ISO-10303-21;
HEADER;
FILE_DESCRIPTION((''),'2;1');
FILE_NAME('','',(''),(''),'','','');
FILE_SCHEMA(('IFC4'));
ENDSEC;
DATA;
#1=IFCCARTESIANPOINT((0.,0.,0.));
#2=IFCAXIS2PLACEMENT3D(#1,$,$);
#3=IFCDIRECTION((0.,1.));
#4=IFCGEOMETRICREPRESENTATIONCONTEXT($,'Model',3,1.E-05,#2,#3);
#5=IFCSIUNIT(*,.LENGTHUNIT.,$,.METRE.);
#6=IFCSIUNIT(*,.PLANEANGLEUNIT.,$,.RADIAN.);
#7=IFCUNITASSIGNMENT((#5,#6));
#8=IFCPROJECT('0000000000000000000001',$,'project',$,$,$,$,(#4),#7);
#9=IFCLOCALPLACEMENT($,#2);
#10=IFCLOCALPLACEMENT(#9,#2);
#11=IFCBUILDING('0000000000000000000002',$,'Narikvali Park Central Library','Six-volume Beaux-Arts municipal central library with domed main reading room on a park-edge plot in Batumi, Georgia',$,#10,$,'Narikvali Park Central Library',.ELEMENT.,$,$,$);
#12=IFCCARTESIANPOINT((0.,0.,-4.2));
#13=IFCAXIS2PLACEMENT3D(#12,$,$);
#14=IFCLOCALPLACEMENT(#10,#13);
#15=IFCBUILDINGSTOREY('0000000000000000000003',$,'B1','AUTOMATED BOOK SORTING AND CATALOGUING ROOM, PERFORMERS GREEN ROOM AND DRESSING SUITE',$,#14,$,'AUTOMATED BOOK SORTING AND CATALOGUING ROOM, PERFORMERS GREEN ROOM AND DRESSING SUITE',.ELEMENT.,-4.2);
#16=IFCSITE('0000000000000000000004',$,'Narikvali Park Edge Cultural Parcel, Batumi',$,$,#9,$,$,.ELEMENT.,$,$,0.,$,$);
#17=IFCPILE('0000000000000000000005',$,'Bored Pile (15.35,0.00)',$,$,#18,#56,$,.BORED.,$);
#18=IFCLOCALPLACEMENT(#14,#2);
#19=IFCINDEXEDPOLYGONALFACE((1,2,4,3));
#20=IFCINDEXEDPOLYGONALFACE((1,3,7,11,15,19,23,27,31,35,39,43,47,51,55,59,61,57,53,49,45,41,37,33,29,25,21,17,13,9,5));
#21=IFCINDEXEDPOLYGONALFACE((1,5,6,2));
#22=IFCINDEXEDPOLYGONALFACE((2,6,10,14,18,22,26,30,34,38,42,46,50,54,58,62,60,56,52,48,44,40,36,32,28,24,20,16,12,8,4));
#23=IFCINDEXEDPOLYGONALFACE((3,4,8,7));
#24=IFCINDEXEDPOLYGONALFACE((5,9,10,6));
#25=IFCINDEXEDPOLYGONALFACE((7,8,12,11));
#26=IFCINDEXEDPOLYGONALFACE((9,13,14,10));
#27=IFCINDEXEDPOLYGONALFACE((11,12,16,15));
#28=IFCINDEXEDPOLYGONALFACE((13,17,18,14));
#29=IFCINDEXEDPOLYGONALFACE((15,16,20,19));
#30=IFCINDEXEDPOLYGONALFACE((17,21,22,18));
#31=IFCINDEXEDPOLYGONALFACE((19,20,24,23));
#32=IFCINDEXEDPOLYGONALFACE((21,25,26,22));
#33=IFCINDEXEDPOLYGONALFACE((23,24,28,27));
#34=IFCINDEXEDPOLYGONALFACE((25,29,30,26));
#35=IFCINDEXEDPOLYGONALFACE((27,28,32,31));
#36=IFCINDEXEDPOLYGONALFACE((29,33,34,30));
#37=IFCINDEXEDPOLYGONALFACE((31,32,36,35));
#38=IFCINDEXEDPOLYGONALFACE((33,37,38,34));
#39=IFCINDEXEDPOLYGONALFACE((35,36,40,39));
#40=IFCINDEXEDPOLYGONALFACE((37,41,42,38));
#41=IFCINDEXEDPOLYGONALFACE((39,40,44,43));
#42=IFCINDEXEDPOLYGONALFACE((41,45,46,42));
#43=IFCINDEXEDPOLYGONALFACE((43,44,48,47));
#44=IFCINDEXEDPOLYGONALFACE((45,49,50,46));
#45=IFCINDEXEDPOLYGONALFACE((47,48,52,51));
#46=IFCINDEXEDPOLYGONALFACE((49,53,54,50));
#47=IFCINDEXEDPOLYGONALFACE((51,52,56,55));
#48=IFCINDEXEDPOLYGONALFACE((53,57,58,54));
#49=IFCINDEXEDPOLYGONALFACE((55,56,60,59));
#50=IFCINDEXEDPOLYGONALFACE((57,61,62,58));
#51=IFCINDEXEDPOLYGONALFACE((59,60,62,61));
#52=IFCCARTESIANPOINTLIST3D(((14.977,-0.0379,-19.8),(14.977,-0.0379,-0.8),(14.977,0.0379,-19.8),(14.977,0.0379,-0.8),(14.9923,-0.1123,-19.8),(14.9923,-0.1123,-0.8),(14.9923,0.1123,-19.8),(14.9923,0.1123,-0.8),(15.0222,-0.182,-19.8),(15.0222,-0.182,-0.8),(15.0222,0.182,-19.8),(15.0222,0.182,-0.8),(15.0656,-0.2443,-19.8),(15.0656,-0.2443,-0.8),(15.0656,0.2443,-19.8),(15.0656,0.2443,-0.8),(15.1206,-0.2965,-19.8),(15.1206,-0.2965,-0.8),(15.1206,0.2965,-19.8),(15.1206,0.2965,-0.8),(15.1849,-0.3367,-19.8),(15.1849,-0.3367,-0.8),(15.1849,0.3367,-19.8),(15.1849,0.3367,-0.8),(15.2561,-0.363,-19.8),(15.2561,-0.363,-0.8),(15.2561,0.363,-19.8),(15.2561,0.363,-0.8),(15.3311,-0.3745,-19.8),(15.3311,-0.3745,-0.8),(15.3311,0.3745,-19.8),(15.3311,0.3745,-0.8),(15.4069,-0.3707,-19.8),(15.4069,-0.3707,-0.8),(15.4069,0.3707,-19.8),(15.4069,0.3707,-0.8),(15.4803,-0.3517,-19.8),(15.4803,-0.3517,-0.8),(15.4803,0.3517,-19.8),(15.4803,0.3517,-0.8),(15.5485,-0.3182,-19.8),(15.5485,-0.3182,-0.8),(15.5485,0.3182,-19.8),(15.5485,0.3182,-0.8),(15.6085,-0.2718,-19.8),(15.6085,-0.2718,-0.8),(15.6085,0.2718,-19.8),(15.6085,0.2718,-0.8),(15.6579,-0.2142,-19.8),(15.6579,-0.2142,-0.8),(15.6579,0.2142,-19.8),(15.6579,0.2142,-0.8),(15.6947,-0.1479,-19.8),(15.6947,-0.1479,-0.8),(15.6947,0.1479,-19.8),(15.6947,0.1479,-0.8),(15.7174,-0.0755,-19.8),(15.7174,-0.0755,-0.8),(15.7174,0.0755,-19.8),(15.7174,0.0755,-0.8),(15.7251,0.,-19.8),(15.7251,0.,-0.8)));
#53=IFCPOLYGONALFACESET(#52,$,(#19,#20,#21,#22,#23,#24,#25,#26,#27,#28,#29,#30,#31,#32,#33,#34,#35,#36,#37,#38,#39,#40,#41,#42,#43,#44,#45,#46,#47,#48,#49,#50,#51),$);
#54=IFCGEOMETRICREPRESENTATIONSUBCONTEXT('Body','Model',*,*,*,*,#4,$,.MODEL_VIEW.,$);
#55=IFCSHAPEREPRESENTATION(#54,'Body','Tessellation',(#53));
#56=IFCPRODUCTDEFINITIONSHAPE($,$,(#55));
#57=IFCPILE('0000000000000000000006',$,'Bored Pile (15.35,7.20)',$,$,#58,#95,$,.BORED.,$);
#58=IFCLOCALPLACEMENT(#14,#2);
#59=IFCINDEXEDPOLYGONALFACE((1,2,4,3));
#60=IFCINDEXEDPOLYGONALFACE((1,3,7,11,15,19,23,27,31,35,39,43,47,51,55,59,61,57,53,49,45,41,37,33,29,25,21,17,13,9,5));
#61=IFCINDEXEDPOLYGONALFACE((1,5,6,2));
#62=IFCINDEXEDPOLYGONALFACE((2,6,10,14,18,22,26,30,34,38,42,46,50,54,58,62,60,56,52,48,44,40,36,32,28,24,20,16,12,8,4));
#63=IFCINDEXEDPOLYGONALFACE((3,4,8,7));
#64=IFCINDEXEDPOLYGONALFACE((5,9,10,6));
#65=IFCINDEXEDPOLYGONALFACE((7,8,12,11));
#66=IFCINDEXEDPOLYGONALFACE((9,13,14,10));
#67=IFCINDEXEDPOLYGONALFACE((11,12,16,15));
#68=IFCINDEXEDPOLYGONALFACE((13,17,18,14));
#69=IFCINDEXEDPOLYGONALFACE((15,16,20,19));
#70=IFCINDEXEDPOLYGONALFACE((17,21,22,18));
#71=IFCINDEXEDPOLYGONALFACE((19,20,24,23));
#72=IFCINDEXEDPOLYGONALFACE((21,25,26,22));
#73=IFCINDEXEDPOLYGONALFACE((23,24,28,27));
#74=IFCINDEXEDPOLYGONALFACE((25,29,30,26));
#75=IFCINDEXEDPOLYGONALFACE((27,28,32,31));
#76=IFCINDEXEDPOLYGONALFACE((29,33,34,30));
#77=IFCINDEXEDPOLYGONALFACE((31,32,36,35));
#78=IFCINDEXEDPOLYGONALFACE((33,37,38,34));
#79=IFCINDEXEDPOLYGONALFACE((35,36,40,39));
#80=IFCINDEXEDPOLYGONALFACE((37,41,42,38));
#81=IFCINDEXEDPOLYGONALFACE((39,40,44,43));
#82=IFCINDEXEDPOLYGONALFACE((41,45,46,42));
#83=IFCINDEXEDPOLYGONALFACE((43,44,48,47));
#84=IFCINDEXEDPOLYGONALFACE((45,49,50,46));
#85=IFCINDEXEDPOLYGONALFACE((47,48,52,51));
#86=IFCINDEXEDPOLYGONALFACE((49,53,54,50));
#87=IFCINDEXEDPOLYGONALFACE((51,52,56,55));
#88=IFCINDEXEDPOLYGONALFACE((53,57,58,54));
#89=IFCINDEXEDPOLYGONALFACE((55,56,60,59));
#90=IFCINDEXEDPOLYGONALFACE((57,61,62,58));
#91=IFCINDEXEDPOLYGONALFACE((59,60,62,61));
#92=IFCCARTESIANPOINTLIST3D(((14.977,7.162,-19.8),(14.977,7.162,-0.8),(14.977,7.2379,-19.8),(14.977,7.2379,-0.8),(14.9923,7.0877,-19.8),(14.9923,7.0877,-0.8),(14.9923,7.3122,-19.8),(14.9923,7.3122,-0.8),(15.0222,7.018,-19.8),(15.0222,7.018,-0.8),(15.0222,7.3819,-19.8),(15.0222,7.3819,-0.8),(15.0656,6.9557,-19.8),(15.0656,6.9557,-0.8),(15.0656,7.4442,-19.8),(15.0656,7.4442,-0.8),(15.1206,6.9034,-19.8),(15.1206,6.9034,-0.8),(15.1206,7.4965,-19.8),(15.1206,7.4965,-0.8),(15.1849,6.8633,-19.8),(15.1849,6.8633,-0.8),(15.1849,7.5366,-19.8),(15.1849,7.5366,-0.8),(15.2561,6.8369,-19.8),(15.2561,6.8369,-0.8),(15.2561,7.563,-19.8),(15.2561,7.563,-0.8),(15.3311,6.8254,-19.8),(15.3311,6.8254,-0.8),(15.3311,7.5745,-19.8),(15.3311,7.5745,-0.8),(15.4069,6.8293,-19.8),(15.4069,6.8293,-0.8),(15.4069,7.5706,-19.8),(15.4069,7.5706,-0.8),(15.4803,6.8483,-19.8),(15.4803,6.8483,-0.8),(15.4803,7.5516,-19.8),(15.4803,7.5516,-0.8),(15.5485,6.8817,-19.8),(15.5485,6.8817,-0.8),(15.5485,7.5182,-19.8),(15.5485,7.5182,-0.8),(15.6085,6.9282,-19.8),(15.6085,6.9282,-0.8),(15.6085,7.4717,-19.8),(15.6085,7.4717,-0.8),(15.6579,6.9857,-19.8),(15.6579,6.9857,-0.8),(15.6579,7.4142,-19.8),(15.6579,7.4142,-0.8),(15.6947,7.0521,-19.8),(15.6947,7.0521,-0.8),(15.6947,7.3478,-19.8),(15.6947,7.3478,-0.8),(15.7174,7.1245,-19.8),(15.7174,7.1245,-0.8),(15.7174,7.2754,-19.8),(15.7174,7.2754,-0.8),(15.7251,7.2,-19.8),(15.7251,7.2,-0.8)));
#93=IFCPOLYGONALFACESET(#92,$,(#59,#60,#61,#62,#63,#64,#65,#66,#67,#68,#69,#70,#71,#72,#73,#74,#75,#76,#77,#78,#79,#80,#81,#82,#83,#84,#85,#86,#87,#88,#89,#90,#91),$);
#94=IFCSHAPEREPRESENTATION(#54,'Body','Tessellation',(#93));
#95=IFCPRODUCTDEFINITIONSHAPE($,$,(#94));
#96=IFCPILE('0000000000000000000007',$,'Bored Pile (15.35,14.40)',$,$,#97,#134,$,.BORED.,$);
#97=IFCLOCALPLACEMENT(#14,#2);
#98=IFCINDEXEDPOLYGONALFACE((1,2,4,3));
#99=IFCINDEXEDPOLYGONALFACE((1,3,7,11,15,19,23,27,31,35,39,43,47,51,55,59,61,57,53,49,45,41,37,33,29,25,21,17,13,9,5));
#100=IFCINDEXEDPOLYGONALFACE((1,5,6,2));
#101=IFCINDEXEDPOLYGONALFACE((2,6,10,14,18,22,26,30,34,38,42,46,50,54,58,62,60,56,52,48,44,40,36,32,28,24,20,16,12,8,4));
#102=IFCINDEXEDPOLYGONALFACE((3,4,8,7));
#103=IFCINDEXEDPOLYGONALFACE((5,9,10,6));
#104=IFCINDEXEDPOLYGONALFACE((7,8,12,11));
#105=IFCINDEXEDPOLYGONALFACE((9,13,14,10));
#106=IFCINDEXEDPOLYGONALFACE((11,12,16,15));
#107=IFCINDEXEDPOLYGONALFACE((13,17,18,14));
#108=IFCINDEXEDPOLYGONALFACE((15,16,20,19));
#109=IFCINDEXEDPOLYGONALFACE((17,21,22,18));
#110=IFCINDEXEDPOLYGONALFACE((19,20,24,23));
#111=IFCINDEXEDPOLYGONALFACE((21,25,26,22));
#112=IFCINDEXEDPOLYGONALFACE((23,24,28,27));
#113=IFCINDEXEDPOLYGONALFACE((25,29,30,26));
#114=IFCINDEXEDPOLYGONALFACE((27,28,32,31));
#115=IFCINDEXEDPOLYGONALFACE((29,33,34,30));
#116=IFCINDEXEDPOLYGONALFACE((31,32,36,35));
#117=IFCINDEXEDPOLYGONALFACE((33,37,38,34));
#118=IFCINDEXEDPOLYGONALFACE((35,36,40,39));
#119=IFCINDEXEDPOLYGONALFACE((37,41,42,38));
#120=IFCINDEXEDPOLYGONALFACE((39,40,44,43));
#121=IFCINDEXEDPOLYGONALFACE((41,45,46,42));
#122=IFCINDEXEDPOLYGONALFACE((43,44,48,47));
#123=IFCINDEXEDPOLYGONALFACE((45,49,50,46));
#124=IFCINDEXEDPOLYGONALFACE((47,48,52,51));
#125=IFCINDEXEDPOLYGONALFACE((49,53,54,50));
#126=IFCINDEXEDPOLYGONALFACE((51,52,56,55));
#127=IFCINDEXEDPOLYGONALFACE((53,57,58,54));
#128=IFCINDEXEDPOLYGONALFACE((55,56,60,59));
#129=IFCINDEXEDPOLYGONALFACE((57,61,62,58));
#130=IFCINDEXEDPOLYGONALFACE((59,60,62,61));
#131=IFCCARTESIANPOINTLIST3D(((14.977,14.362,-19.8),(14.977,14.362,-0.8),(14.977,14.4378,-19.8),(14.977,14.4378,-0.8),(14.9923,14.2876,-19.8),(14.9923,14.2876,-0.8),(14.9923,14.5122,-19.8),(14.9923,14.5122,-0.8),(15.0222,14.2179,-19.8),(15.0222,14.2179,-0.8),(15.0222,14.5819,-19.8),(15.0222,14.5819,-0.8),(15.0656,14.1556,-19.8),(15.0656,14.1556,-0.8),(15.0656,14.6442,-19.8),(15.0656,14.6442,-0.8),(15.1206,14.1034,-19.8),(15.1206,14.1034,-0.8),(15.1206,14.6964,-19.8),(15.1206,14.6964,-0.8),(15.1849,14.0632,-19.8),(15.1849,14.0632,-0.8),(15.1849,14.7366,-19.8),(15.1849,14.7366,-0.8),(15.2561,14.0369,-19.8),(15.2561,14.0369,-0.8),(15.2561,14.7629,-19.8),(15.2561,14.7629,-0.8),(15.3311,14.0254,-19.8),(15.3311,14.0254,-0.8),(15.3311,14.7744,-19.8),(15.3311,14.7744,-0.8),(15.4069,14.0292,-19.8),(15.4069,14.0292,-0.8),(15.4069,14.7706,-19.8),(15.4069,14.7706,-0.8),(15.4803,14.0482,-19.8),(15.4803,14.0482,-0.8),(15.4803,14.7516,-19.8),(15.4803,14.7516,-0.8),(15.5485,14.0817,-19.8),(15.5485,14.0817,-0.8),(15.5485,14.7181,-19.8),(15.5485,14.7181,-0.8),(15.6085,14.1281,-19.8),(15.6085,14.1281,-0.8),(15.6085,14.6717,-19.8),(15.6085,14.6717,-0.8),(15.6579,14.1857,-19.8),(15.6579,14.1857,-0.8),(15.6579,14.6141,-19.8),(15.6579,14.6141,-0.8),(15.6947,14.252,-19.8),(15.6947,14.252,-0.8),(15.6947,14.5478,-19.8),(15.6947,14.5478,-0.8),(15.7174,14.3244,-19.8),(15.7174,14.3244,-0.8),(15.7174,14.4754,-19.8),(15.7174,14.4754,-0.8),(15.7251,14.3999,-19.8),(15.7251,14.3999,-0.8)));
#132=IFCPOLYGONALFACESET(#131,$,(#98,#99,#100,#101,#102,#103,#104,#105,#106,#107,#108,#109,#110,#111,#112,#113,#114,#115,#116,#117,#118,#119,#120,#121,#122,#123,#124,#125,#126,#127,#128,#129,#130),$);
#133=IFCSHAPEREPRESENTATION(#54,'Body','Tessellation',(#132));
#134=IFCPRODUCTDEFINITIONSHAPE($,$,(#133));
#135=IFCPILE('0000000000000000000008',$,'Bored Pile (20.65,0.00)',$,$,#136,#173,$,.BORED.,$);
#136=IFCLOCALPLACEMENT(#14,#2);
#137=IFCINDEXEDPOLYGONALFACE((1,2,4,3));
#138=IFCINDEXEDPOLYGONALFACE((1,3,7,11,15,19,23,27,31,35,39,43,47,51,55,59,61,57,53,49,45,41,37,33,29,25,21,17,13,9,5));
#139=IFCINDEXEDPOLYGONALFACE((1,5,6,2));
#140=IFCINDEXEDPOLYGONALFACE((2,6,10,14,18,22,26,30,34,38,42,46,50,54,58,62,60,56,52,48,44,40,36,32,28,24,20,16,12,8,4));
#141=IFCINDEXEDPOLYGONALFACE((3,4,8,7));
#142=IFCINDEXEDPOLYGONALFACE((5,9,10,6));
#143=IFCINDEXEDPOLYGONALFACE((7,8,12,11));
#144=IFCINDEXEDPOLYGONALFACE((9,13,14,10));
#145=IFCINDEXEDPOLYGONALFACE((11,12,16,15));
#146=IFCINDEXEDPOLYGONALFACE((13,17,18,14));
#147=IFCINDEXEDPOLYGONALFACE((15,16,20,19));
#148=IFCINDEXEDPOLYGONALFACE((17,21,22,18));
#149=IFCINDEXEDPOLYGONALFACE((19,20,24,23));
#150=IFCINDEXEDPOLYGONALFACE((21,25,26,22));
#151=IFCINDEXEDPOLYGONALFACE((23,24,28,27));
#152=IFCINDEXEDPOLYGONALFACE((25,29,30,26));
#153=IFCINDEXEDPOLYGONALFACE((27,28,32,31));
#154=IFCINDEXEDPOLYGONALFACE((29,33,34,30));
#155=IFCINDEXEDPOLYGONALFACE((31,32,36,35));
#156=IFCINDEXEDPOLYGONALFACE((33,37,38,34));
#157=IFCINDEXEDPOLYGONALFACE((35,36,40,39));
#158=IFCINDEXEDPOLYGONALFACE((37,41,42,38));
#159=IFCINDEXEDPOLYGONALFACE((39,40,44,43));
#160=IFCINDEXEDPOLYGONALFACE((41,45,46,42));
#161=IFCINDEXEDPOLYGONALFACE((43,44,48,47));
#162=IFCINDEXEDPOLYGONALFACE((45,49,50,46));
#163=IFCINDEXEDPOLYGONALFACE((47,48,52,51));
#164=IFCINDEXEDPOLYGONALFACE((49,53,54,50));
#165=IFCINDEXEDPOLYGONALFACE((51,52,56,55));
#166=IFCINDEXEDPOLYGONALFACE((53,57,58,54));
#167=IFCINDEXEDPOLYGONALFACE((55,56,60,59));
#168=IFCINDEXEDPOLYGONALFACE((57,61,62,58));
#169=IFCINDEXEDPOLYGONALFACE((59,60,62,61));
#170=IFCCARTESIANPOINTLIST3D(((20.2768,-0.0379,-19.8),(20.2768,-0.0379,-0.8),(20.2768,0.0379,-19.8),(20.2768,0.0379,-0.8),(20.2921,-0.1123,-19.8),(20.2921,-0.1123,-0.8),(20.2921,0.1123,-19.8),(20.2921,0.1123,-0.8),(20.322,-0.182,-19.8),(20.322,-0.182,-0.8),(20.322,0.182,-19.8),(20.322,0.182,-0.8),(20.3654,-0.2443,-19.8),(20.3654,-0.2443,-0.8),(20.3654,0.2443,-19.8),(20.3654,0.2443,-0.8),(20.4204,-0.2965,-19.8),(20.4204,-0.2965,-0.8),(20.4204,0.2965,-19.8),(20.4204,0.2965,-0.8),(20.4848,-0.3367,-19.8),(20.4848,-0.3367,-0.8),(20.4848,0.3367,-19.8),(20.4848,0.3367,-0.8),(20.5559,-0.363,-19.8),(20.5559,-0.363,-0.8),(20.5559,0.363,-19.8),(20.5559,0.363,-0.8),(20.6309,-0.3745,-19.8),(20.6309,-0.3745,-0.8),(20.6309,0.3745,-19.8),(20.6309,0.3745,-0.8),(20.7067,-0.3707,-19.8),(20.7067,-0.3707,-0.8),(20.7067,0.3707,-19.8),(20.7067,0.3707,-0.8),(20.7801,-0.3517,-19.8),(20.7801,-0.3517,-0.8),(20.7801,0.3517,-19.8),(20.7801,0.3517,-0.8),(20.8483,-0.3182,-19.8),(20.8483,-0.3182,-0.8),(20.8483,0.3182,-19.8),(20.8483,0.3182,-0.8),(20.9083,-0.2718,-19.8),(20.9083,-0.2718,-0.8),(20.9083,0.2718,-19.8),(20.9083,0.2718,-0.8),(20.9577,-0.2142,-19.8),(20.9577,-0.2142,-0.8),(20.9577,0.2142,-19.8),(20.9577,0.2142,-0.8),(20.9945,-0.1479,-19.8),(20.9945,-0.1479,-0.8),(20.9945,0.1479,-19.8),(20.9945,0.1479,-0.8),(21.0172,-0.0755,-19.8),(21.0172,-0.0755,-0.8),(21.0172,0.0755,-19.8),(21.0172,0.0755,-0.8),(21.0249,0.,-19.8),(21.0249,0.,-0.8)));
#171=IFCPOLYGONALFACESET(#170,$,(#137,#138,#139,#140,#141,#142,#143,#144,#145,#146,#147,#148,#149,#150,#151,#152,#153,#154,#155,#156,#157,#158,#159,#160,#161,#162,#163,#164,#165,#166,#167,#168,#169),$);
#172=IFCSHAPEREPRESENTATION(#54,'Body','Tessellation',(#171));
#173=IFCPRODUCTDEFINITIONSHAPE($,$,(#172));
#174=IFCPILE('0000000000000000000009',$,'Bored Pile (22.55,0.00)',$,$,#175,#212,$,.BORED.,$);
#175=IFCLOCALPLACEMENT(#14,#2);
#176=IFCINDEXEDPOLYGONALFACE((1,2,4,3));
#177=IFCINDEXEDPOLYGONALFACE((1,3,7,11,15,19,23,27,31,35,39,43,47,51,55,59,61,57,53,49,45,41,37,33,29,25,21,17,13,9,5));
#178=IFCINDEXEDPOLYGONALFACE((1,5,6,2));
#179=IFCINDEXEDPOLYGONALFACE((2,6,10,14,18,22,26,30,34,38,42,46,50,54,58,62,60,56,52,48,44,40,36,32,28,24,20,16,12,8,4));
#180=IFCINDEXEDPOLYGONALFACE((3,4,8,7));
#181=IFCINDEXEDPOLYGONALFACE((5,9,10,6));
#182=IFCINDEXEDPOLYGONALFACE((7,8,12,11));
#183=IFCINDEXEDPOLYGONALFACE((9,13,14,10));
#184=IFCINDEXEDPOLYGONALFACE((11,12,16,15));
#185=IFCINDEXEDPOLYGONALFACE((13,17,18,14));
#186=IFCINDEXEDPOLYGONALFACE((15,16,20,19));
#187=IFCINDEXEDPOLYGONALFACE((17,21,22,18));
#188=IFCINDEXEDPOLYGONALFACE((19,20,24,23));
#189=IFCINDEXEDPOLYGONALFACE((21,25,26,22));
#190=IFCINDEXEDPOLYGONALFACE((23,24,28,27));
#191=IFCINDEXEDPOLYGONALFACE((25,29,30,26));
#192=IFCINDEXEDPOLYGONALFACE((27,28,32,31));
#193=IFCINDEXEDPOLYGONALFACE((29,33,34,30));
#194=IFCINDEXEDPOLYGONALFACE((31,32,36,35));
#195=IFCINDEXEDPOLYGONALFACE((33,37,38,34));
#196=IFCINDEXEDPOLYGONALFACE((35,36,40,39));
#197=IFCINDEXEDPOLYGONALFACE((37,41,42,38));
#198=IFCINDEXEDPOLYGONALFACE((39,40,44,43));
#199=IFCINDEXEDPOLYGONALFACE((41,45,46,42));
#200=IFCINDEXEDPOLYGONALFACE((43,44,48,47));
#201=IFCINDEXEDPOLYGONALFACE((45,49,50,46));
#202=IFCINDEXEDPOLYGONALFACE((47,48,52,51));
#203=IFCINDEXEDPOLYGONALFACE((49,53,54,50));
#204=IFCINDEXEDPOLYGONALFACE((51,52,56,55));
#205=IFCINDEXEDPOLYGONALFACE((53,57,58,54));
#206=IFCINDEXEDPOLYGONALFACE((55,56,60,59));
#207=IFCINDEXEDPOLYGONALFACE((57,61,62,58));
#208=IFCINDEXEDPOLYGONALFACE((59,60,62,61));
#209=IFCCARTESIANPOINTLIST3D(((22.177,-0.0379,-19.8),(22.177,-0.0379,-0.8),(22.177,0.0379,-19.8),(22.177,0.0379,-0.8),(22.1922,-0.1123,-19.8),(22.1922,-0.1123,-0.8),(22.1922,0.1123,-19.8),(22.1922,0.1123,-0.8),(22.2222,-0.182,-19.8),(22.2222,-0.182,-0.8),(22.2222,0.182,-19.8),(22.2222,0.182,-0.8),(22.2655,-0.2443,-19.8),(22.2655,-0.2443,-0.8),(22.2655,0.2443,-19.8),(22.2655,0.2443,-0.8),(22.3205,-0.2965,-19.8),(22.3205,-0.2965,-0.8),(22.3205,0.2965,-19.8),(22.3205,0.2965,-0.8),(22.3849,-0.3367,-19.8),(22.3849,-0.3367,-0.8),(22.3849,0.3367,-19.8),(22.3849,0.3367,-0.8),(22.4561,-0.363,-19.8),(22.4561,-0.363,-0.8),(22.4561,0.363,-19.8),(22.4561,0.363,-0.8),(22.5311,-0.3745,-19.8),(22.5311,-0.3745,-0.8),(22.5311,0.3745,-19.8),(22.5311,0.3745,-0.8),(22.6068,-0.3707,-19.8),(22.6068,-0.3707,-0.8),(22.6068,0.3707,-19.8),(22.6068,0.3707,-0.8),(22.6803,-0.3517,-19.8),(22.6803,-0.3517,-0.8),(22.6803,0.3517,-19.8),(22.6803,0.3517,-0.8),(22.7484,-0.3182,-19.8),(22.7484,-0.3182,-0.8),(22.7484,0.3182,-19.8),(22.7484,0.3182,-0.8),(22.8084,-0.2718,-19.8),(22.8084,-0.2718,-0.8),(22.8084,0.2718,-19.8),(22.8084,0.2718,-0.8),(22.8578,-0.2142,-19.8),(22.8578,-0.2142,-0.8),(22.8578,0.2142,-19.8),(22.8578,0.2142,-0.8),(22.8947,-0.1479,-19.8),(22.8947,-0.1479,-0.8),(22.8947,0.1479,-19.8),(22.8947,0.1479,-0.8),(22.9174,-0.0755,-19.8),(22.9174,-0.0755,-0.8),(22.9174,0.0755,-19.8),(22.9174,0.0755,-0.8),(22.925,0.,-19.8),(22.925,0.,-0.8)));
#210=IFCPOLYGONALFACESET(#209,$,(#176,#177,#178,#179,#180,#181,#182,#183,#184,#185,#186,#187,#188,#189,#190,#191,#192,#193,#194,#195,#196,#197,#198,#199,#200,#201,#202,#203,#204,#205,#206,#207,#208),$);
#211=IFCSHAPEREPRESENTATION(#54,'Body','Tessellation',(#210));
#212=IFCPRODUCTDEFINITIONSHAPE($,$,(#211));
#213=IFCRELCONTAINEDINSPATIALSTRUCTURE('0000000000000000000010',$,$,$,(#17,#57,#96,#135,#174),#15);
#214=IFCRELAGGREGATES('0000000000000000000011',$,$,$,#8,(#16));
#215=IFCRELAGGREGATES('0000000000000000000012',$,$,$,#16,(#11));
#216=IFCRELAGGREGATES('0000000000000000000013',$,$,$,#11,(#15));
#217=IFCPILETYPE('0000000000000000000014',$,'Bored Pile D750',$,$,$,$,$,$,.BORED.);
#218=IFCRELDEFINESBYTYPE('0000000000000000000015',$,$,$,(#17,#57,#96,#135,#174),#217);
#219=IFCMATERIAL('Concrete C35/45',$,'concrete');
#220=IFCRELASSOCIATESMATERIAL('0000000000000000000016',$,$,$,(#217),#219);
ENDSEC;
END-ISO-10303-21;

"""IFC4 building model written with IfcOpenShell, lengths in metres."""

from ifc_helpers import new_model, si_unit, direction, frame, origin, origin_2d, place, context, subcontext, project, spatial, circle, extrude, material, material_profile, profile_set, type_object, element, save


model = new_model("IFC4")

# Units and contexts
model_context = context("Model", 3, precision=1e-05, world=origin(), true_north=direction((0.0, 1.0)))
body_context = subcontext(model_context, "Body", "Model", "MODEL_VIEW")
ifc_project = project(units=[si_unit("LENGTHUNIT", "METRE"), si_unit("PLANEANGLEUNIT", "RADIAN")], contexts=[model_context])

# Site, building, storey
site_placement = place(None, origin())
site = spatial("IfcSite", under=ifc_project, at=site_placement, Name="Narikvali Park Edge Cultural Parcel, Batumi", CompositionType="ELEMENT", RefElevation=0.0)
building_placement = place(site_placement, origin())
building = spatial("IfcBuilding", under=site, at=building_placement, Name="Narikvali Park Central Library", Description="Six-volume Beaux-Arts municipal central library with domed main reading room on a park-edge plot in Batumi, Georgia", LongName="Narikvali Park Central Library", CompositionType="ELEMENT")
storey_placement = place(building_placement, frame((0.0, 0.0, -4.2)))
storey = spatial("IfcBuildingStorey", under=building, at=storey_placement, Name="B1", Description="AUTOMATED BOOK SORTING AND CATALOGUING ROOM, PERFORMERS GREEN ROOM AND DRESSING SUITE", LongName="AUTOMATED BOOK SORTING AND CATALOGUING ROOM, PERFORMERS GREEN ROOM AND DRESSING SUITE", CompositionType="ELEMENT", Elevation=-4.2)

# Piles
ifc_material_1 = material(Name="Concrete C35/45", Category="concrete")
ifc_material_profile_1 = material_profile(ifc_material_1, circle(Radius=0.375, at=origin_2d()), Name="PILE D750")
ifc_profile_set_1 = profile_set([ifc_material_profile_1], Name="Concrete C35/45")
pile_type = type_object("IfcPileType", Name="Bored Pile D750", PredefinedType="BORED", material=ifc_profile_set_1)
for number, where, z_axis, x_axis, name in (
    (1, (15.3501, 0.0, -0.8), (0.0, 0.0, -1.0), (1.0, 0.0, 0.0), "Bored Pile (15.35,0.00)"),
    (2, (15.3501, 7.2, -0.8), (0.0, 0.0, -1.0), (1.0, 0.0, 0.0), "Bored Pile (15.35,7.20)"),
    (3, (15.3501, 14.3999, -0.8), (0.0, 0.0, -1.0), (1.0, 0.0, 0.0), "Bored Pile (15.35,14.40)"),
    (4, (20.6499, 0.0, -0.8), (0.0, 0.0, -1.0), (1.0, 0.0, 0.0), "Bored Pile (20.65,0.00)"),
    (5, (22.55, 0.0, -0.8), (0.0, 0.0, -1.0), (1.0, 0.0, 0.0), "Bored Pile (22.55,0.00)"),
):
    element("IfcPile", number, at=place(storey_placement, frame(where, z_axis=z_axis, x_axis=x_axis)), inside=storey, type_object=pile_type, Name=name, PredefinedType="BORED", context=body_context, shape_type="SweptSolid", body=[
        extrude(circle(Radius=0.375, at=origin_2d()), origin(), (0.0, 0.0, 1.0), 19.0),
    ])

save(model, "model.ifc")
